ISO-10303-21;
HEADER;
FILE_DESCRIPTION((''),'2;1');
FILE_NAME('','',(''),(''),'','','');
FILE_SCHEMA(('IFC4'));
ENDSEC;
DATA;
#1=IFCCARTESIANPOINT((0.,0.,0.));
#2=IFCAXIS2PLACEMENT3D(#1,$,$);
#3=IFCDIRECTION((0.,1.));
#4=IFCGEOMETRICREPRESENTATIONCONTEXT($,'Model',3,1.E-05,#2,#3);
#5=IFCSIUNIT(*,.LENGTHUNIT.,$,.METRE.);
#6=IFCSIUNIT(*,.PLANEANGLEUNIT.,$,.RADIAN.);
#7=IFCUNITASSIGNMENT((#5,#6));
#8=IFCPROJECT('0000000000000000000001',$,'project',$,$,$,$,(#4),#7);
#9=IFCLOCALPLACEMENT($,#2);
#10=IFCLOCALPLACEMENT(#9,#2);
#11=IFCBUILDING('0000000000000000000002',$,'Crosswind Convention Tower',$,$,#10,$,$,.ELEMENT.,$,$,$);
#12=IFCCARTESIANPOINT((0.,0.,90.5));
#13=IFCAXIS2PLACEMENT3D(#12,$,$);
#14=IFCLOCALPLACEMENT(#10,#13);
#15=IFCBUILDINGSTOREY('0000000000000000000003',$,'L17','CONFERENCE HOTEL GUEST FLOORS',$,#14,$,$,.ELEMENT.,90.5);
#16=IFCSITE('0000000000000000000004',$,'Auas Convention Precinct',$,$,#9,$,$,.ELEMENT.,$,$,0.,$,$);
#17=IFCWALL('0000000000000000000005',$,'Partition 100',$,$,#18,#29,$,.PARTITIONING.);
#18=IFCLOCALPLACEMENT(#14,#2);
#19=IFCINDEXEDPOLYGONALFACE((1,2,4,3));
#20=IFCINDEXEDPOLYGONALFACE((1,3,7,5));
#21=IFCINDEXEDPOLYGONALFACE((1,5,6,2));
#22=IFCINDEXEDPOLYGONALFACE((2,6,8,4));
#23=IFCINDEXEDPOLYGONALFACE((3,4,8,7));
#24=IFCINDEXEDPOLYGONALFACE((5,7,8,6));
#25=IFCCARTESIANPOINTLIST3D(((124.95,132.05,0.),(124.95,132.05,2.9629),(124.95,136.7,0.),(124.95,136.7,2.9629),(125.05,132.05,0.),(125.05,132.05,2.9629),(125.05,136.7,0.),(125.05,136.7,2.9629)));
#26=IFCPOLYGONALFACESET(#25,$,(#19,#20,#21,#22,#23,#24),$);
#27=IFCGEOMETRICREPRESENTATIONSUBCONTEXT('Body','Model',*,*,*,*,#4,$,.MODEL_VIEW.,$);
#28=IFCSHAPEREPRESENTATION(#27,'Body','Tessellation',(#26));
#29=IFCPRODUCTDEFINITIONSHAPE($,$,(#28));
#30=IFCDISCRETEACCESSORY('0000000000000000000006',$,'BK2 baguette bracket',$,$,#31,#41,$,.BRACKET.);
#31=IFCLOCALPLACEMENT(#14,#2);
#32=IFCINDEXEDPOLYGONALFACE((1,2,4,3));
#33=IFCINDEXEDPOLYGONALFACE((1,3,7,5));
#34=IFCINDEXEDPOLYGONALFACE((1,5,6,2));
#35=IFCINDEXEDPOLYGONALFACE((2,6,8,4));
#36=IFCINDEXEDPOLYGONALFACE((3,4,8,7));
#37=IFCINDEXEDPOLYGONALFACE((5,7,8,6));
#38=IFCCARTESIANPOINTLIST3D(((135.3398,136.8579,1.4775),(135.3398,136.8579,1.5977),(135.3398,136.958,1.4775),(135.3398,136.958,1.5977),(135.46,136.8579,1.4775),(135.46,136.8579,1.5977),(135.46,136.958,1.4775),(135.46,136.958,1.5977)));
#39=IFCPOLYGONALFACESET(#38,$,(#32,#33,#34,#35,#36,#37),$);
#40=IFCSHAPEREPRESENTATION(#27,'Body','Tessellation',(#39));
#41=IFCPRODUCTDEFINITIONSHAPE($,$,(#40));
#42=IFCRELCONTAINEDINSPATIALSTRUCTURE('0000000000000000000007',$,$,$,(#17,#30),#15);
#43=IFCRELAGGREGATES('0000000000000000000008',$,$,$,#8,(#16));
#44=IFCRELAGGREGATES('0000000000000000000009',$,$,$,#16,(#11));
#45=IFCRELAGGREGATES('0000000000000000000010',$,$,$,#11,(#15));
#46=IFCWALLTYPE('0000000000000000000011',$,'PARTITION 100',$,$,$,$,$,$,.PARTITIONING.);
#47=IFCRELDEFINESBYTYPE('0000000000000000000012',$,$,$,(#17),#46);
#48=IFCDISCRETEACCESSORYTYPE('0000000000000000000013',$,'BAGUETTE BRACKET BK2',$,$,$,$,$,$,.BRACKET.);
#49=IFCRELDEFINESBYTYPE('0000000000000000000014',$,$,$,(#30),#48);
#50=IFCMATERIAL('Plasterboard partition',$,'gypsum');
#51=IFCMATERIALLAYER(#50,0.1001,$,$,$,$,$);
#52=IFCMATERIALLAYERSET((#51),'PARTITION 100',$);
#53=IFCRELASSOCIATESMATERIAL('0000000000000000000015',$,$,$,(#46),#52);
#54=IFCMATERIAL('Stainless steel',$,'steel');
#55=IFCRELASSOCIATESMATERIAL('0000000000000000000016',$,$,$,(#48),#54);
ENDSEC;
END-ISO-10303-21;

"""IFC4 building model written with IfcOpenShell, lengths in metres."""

from ifc_helpers import new_model, si_unit, direction, frame, frame_2d, origin, origin_2d, place, context, subcontext, project, spatial, rectangle, extrude, material, layer, layer_set, type_object, element, save


model = new_model("IFC4")

# Units and contexts
model_context = context("Model", 3, precision=1e-05, world=origin(), true_north=direction((0.0, 1.0)))
body_context = subcontext(model_context, "Body", "Model", "MODEL_VIEW")
ifc_project = project(units=[si_unit("LENGTHUNIT", "METRE"), si_unit("PLANEANGLEUNIT", "RADIAN")], contexts=[model_context])

# Site, building, storey
site_placement = place(None, origin())
site = spatial("IfcSite", under=ifc_project, at=site_placement, Name="Auas Convention Precinct", CompositionType="ELEMENT", RefElevation=0.0)
building_placement = place(site_placement, origin())
building = spatial("IfcBuilding", under=site, at=building_placement, Name="Crosswind Convention Tower", CompositionType="ELEMENT")
storey_placement = place(building_placement, frame((0.0, 0.0, 90.5)))
storey = spatial("IfcBuildingStorey", under=building, at=storey_placement, Name="L17", Description="CONFERENCE HOTEL GUEST FLOORS", CompositionType="ELEMENT", Elevation=90.5)

# Shared definitions
ifc_material_1 = material(Name="Plasterboard partition", Category="gypsum")

# Wall
ifc_layer_1 = layer(ifc_material_1, 0.1001)
ifc_layer_set_1 = layer_set([ifc_layer_1], Name="PARTITION 100")
wall_type_1 = type_object("IfcWallType", Name="PARTITION 100", PredefinedType="PARTITIONING", material=ifc_layer_set_1)
wall_1_placement = place(storey_placement, frame((125.0, 132.05, 0.0), z_axis=(0.0, 0.0, 1.0), x_axis=(0.0, 1.0, 0.0)))
element("IfcWall", 1, at=wall_1_placement, inside=storey, type_object=wall_type_1, Name="Partition 100", PredefinedType="PARTITIONING", context=body_context, shape_type="SweptSolid", body=[
    extrude(rectangle(XDim=4.6499, YDim=0.1001, at=frame_2d((2.325, 0.0))), origin(), (0.0, 0.0, 1.0), 2.9629),
])

# Discrete accessory
ifc_material_2 = material(Name="Stainless steel", Category="steel")
discrete_accessory_type = type_object("IfcDiscreteAccessoryType", Name="BAGUETTE BRACKET BK2", PredefinedType="BRACKET", material=ifc_material_2)
discrete_accessory_placement = place(storey_placement, frame((135.3999, 136.908, 1.4775), z_axis=(0.0, 0.0, 1.0), x_axis=(-1.0, 0.0, 0.0)))
element("IfcDiscreteAccessory", 2, at=discrete_accessory_placement, inside=storey, type_object=discrete_accessory_type, Name="BK2 baguette bracket", PredefinedType="BRACKET", context=body_context, shape_type="SweptSolid", body=[
    extrude(rectangle(XDim=0.1201, YDim=0.1001, at=origin_2d()), origin(), (0.0, 0.0, 1.0), 0.1201),
])

save(model, "model.ifc")
